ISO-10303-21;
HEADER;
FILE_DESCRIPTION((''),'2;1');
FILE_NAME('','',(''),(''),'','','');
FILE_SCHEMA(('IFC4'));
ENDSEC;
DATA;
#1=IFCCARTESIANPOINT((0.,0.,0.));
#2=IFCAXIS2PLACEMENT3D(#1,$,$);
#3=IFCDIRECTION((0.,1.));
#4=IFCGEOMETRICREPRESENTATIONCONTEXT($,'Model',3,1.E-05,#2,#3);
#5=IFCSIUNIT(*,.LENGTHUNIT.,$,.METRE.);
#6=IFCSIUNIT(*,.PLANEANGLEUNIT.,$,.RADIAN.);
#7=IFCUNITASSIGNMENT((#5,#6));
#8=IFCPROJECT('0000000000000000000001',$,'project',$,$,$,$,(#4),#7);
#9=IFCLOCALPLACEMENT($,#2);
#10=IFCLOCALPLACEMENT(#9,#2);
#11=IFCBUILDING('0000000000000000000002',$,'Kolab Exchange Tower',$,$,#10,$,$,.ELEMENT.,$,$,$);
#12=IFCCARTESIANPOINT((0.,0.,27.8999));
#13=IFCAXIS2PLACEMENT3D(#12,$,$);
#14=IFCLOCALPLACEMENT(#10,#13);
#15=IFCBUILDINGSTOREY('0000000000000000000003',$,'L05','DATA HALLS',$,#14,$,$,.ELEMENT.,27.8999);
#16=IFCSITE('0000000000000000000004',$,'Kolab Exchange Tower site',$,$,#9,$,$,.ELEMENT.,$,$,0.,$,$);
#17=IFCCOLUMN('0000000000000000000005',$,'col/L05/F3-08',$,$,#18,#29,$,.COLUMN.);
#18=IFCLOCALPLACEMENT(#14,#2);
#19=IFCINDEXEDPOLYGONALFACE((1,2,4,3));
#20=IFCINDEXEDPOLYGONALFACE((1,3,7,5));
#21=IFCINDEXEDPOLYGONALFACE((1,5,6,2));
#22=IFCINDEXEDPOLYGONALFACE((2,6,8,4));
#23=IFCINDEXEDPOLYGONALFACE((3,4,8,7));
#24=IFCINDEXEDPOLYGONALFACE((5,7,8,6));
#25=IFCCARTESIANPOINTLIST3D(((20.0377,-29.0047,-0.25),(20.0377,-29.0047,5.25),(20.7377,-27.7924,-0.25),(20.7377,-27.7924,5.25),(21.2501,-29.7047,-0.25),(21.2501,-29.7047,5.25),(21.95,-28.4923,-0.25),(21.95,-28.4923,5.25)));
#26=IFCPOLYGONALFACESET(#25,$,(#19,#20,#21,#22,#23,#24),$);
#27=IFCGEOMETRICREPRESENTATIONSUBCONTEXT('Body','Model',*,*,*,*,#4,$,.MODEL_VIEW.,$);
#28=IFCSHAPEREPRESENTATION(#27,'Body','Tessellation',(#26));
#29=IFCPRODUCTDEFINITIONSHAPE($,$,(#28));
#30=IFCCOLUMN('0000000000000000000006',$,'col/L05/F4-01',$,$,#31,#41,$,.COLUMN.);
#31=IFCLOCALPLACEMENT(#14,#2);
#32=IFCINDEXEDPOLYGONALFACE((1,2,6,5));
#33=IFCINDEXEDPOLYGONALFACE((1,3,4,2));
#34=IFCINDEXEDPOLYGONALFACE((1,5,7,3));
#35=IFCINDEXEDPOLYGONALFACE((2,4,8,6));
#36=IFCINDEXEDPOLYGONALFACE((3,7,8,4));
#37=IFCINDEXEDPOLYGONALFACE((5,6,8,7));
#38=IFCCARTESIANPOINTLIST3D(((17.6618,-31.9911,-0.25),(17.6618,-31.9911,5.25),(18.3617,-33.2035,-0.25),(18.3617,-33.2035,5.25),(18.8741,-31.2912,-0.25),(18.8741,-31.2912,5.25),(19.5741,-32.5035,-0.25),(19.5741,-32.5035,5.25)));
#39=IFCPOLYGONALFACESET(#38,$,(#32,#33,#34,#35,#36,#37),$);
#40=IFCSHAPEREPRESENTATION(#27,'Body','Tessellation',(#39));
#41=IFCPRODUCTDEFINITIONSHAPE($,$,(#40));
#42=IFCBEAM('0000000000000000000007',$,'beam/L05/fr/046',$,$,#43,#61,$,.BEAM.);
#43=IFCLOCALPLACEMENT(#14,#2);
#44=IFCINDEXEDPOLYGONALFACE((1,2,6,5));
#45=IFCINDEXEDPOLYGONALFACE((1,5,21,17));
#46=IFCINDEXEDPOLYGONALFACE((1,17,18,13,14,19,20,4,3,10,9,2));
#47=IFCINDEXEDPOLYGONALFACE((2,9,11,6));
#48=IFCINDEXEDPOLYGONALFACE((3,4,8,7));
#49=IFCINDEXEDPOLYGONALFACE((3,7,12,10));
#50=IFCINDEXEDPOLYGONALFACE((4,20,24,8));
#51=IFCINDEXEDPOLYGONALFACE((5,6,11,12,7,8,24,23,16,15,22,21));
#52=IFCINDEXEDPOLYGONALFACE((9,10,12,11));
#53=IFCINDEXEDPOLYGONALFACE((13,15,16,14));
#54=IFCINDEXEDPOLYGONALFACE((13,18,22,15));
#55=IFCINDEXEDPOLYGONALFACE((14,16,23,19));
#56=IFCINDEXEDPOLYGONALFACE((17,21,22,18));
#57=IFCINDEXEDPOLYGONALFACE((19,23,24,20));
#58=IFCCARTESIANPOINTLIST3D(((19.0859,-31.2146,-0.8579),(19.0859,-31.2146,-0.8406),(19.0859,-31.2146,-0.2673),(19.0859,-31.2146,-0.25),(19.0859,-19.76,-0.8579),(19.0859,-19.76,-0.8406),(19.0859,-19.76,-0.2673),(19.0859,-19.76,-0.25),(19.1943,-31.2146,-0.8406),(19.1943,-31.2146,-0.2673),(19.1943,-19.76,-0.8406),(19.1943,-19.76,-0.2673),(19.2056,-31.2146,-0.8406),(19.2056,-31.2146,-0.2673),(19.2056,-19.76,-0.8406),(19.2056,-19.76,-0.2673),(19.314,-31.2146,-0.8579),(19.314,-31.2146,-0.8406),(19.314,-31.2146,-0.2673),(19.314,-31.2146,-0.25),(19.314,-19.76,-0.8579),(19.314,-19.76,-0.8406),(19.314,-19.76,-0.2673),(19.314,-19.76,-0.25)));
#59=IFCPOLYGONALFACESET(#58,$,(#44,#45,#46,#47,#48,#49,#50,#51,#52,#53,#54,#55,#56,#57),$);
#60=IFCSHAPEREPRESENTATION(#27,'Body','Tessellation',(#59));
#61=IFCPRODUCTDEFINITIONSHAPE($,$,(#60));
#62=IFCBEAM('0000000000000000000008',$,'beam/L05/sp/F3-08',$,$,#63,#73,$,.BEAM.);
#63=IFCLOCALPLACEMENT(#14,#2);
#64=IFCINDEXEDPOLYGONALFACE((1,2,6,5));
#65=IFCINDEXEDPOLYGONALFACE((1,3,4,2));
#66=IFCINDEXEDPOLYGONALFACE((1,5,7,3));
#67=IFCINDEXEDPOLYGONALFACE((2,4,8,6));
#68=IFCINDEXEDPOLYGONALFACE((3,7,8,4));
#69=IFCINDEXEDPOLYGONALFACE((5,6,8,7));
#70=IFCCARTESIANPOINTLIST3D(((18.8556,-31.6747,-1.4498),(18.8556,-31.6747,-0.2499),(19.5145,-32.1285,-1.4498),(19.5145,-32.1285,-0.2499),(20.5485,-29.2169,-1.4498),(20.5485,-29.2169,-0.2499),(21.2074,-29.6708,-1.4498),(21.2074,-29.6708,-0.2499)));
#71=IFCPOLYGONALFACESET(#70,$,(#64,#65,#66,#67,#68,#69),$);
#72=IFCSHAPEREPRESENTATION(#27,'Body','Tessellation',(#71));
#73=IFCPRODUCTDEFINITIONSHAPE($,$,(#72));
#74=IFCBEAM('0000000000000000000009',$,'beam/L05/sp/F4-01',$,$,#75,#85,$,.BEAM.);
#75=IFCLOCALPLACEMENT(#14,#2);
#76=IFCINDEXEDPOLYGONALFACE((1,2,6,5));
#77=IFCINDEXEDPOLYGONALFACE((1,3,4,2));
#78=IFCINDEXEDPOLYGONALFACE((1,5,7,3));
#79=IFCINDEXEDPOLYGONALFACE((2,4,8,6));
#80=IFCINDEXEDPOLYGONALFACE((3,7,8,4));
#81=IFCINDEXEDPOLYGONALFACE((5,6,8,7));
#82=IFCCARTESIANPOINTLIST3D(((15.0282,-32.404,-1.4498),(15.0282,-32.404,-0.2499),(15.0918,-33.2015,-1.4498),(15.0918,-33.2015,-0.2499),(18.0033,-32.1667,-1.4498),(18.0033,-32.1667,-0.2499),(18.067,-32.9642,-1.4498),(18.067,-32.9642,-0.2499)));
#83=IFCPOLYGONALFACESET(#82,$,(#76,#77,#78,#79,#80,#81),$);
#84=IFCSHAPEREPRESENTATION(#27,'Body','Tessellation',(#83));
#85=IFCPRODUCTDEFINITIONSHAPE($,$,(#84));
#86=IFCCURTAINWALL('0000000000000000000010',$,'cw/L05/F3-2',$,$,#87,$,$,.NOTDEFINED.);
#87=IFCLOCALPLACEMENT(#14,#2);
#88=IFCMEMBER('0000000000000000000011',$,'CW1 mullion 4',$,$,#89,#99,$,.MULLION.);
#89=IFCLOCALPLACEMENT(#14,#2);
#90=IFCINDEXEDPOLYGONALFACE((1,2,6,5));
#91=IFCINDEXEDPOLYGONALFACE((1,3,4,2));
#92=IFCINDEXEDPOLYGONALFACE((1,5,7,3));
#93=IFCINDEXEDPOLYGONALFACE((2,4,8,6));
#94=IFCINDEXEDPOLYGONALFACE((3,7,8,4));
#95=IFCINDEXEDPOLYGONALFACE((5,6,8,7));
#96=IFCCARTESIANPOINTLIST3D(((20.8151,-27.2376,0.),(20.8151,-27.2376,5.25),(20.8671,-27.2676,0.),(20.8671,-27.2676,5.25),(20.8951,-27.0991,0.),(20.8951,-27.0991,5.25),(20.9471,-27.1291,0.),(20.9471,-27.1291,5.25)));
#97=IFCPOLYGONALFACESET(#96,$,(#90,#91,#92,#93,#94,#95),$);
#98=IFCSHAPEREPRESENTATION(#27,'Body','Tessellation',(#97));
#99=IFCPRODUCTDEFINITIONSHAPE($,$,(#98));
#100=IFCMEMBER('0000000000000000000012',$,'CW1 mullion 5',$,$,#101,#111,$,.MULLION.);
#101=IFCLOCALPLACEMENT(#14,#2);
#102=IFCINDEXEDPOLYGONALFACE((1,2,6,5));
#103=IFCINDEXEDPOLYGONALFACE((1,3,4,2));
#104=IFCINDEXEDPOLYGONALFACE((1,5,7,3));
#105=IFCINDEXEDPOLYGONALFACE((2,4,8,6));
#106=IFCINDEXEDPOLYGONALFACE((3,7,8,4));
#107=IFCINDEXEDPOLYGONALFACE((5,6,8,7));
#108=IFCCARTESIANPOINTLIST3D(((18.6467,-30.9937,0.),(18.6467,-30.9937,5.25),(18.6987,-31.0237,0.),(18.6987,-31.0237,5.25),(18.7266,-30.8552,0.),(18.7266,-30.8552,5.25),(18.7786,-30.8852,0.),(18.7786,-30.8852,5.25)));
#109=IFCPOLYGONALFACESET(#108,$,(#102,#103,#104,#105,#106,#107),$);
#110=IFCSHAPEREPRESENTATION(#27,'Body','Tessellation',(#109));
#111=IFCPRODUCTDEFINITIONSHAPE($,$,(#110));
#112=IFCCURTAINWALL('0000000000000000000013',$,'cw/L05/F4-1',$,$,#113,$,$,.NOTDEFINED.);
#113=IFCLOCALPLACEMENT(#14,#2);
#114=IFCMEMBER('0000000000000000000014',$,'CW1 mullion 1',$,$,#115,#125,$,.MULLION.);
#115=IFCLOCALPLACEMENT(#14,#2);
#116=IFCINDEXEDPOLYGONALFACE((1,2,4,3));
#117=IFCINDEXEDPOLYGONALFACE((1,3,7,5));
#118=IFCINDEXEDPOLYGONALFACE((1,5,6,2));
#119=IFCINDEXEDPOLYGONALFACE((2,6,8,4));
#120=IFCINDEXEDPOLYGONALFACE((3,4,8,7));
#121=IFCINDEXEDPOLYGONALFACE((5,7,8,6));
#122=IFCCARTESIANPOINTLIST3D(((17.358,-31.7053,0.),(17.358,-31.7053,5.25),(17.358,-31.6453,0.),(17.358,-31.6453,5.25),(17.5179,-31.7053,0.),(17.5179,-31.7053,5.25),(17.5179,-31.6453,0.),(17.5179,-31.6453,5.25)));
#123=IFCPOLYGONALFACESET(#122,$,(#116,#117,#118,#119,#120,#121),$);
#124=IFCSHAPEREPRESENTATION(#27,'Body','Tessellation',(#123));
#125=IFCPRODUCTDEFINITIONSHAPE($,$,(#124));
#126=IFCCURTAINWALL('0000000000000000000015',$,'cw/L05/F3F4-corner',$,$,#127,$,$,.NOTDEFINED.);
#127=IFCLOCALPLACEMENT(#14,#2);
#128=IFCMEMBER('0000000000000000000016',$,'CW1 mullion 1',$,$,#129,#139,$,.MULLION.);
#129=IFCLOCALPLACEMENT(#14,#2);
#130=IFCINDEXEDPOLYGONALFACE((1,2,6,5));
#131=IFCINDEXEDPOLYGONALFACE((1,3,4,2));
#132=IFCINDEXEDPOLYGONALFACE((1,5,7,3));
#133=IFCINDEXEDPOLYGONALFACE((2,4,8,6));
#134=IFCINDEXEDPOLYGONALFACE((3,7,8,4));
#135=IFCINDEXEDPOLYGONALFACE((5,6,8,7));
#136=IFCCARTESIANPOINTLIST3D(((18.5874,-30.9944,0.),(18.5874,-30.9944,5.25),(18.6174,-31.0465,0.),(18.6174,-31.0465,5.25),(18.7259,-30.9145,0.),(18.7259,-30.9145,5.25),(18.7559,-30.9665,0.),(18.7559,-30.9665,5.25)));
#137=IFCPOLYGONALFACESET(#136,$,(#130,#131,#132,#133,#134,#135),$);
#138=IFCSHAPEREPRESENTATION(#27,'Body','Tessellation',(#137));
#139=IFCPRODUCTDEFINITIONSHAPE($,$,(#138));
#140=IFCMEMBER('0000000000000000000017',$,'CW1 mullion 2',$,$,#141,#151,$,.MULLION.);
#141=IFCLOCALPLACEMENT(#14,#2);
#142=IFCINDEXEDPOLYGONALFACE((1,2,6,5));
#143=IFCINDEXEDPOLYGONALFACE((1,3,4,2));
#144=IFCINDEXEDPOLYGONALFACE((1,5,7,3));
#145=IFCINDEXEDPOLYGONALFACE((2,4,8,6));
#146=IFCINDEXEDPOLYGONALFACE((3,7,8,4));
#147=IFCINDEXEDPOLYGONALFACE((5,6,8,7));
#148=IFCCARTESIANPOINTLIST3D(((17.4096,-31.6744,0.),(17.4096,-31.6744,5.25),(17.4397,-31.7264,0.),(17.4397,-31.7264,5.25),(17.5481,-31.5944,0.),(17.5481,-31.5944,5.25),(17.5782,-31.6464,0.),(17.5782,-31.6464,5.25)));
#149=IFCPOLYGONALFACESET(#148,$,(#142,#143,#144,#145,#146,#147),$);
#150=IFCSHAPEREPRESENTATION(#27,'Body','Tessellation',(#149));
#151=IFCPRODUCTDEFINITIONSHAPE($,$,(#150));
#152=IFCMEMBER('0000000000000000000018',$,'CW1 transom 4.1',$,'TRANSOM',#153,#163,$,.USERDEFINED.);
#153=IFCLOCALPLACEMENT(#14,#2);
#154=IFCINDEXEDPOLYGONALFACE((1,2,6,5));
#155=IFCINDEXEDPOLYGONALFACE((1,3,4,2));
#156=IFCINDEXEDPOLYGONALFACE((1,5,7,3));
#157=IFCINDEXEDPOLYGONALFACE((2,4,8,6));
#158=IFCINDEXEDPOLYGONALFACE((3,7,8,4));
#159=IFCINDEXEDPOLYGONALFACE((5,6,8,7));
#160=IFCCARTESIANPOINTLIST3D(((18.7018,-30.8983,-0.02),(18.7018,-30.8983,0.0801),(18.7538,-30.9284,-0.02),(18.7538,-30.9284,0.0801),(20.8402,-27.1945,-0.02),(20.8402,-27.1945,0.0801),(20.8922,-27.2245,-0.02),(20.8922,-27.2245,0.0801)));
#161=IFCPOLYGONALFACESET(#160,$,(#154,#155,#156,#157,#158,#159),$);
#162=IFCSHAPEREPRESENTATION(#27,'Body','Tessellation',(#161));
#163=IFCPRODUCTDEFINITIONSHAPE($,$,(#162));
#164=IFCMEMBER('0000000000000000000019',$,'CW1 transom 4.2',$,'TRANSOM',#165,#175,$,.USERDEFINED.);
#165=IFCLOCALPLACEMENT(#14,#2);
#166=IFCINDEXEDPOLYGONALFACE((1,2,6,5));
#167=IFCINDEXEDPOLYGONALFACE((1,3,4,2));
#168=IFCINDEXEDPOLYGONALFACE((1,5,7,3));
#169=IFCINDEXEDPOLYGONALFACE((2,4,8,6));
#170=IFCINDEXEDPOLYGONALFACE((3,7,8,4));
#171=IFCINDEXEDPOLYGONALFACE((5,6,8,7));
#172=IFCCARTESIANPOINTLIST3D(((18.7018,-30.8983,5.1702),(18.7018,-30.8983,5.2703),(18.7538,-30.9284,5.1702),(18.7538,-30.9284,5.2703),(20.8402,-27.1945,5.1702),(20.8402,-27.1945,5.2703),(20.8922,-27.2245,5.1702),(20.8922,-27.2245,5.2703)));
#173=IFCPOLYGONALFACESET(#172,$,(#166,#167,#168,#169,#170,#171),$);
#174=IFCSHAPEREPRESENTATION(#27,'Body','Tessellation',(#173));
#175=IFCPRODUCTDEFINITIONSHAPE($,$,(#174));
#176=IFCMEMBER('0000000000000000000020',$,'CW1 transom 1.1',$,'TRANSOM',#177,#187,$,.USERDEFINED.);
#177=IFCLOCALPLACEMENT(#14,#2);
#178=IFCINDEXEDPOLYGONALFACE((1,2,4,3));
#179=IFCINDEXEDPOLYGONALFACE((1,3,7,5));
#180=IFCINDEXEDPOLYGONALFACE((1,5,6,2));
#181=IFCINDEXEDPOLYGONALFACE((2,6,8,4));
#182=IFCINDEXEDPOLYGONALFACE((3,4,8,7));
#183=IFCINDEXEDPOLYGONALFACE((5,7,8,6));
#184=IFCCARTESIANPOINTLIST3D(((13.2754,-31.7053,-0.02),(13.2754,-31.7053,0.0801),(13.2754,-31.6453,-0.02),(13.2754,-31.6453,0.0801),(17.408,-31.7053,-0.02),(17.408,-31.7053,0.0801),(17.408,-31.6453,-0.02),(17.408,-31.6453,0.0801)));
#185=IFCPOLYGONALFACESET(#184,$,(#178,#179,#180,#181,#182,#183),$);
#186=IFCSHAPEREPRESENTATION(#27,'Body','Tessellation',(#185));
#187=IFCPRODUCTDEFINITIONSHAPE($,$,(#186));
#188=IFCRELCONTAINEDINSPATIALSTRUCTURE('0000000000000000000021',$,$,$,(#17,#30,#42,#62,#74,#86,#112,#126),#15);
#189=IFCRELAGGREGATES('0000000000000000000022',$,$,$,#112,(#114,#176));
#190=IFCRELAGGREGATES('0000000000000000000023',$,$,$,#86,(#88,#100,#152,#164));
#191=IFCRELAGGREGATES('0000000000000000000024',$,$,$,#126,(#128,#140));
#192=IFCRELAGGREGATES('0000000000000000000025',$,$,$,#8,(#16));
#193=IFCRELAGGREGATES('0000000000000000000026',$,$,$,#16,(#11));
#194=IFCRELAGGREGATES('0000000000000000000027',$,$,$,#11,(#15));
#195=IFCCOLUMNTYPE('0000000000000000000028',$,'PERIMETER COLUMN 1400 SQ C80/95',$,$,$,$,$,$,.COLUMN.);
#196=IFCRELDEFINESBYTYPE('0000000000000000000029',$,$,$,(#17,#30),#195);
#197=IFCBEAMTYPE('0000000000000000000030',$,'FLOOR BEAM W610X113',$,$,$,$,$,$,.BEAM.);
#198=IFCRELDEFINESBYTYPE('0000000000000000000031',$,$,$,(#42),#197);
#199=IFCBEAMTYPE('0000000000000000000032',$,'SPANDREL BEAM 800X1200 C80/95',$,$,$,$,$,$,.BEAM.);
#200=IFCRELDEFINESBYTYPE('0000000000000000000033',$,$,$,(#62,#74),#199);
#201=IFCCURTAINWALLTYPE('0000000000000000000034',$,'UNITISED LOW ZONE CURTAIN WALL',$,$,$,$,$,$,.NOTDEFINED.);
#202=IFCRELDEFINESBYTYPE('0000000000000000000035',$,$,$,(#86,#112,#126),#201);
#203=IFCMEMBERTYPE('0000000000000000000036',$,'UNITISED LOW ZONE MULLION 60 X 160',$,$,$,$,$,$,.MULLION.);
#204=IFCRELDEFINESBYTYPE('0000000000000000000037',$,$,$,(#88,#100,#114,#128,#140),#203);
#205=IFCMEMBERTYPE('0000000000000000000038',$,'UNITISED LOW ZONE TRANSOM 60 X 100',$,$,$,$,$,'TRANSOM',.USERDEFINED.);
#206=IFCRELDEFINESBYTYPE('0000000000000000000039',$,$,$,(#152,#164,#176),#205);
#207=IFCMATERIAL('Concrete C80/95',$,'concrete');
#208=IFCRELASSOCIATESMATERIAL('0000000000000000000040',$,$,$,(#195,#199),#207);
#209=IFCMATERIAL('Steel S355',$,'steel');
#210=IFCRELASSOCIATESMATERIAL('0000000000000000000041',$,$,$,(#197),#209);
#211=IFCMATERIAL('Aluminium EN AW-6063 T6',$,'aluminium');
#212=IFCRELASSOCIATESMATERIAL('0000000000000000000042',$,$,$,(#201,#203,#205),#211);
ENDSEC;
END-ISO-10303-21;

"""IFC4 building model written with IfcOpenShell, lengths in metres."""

from ifc_helpers import new_model, si_unit, direction, frame, origin, origin_2d, place, context, subcontext, project, spatial, rectangle, i_section, extrude, material, material_profile, profile_set, type_object, element, aggregate, save


model = new_model("IFC4")

# Units and contexts
model_context = context("Model", 3, precision=1e-05, world=origin(), true_north=direction((0.0, 1.0)))
body_context = subcontext(model_context, "Body", "Model", "MODEL_VIEW")
ifc_project = project(units=[si_unit("LENGTHUNIT", "METRE"), si_unit("PLANEANGLEUNIT", "RADIAN")], contexts=[model_context])

# Site, building, storey
site_placement = place(None, origin())
site = spatial("IfcSite", under=ifc_project, at=site_placement, Name="Kolab Exchange Tower site", CompositionType="ELEMENT", RefElevation=0.0)
building_placement = place(site_placement, origin())
building = spatial("IfcBuilding", under=site, at=building_placement, Name="Kolab Exchange Tower", CompositionType="ELEMENT")
storey_placement = place(building_placement, frame((0.0, 0.0, 27.8999)))
storey = spatial("IfcBuildingStorey", under=building, at=storey_placement, Name="L05", Description="DATA HALLS", CompositionType="ELEMENT", Elevation=27.8999)

# Columns
ifc_material_1 = material(Name="Concrete C80/95", Category="concrete")
ifc_material_profile_1 = material_profile(ifc_material_1, rectangle(XDim=1.3999, YDim=1.3999, at=origin_2d()), Name="RC1400")
ifc_profile_set_1 = profile_set([ifc_material_profile_1], Name="Concrete C80/95")
column_type = type_object("IfcColumnType", Name="PERIMETER COLUMN 1400 SQ C80/95", PredefinedType="COLUMN", material=ifc_profile_set_1)
for number, where, z_axis, x_axis, name in (
    (1, (20.9939, -28.7485, -0.25), (0.0, 0.0, 1.0), (0.5, 0.866025, 0.0), "col/L05/F3-08"),
    (2, (18.6179, -32.2473, -0.25), (0.0, 0.0, 1.0), (0.866025, 0.5, 0.0), "col/L05/F4-01"),
):
    element("IfcColumn", number, at=place(storey_placement, frame(where, z_axis=z_axis, x_axis=x_axis)), inside=storey, type_object=column_type, Name=name, PredefinedType="COLUMN", context=body_context, shape_type="SweptSolid", body=[
        extrude(rectangle(XDim=1.3999, YDim=1.3999, at=origin_2d()), origin(), (0.0, 0.0, 1.0), 5.5),
    ])

# Beams
ifc_material_2 = material(Name="Steel S355", Category="steel")
ifc_material_profile_2 = material_profile(ifc_material_2, i_section(OverallWidth=0.228, OverallDepth=0.6079, WebThickness=0.0112, FlangeThickness=0.0173, at=origin_2d()), Name="W610X113")
ifc_profile_set_2 = profile_set([ifc_material_profile_2], Name="Steel S355")
beam_type_1 = type_object("IfcBeamType", Name="FLOOR BEAM W610X113", PredefinedType="BEAM", material=ifc_profile_set_2)
beam_1_placement = place(storey_placement, frame((19.2, -31.2146, -0.554), z_axis=(0.0, 1.0, 0.0), x_axis=(-1.0, 0.0, 0.0)))
element("IfcBeam", 3, at=beam_1_placement, inside=storey, type_object=beam_type_1, Name="beam/L05/fr/046", PredefinedType="BEAM", context=body_context, shape_type="SweptSolid", body=[
    extrude(i_section(OverallWidth=0.228, OverallDepth=0.6079, WebThickness=0.0112, FlangeThickness=0.0173, at=origin_2d()), origin(), (0.0, 0.0, 1.0), 11.4546),
])
ifc_material_profile_3 = material_profile(ifc_material_1, rectangle(XDim=0.8, YDim=1.2, at=origin_2d()), Name="RC800X1200")
ifc_profile_set_3 = profile_set([ifc_material_profile_3], Name="Concrete C80/95")
beam_type_2 = type_object("IfcBeamType", Name="SPANDREL BEAM 800X1200 C80/95", PredefinedType="BEAM", material=ifc_profile_set_3)
beam_2_placement = place(storey_placement, frame((20.8779, -29.4438, -0.8499), z_axis=(-0.567247, -0.823548, 0.0), x_axis=(0.823548, -0.567247, 0.0)))
element("IfcBeam", 4, at=beam_2_placement, inside=storey, type_object=beam_type_2, Name="beam/L05/sp/F3-08", PredefinedType="BEAM", context=body_context, shape_type="SweptSolid", body=[
    extrude(rectangle(XDim=0.8, YDim=1.2, at=origin_2d()), origin(), (0.0, 0.0, 1.0), 2.9844),
])
beam_3_placement = place(storey_placement, frame((18.0352, -32.5654, -0.8499), z_axis=(-0.996834, -0.079511, 0.0), x_axis=(0.079511, -0.996834, 0.0)))
element("IfcBeam", 5, at=beam_3_placement, inside=storey, type_object=beam_type_2, Name="beam/L05/sp/F4-01", PredefinedType="BEAM", context=body_context, shape_type="SweptSolid", body=[
    extrude(rectangle(XDim=0.8, YDim=1.2, at=origin_2d()), origin(), (0.0, 0.0, 1.0), 2.9846),
])

# Curtain wall, members
ifc_material_3 = material(Name="Aluminium EN AW-6063 T6", Category="aluminium")
curtain_wall_type = type_object("IfcCurtainWallType", Name="UNITISED LOW ZONE CURTAIN WALL", PredefinedType="NOTDEFINED", material=ifc_material_3)
curtain_wall_1_placement = place(storey_placement, origin())
curtain_wall_1 = element("IfcCurtainWall", 6, at=curtain_wall_1_placement, inside=storey, type_object=curtain_wall_type, Name="cw/L05/F3-2", PredefinedType="NOTDEFINED")
ifc_material_profile_4 = material_profile(ifc_material_3, rectangle(XDim=0.0601, YDim=0.1599, at=origin_2d()), Name="RECT 60X160")
ifc_profile_set_4 = profile_set([ifc_material_profile_4], Name="Aluminium EN AW-6063 T6")
member_type_1 = type_object("IfcMemberType", Name="UNITISED LOW ZONE MULLION 60 X 160", PredefinedType="MULLION", material=ifc_profile_set_4)
member_1_placement = place(storey_placement, frame((20.8811, -27.1833, 0.0), z_axis=(0.0, 0.0, 1.0), x_axis=(0.866025, -0.5, 0.0)))
member_1 = element("IfcMember", 7, at=member_1_placement, type_object=member_type_1, Name="CW1 mullion 4", PredefinedType="MULLION", context=body_context, shape_type="SweptSolid", body=[
    extrude(rectangle(XDim=0.0601, YDim=0.1599, at=origin_2d()), origin(), (0.0, 0.0, 1.0), 5.25),
])
member_2_placement = place(storey_placement, frame((18.7126, -30.9395, 0.0), z_axis=(0.0, 0.0, 1.0), x_axis=(0.866025, -0.5, 0.0)))
member_2 = element("IfcMember", 8, at=member_2_placement, type_object=member_type_1, Name="CW1 mullion 5", PredefinedType="MULLION", context=body_context, shape_type="SweptSolid", body=[
    extrude(rectangle(XDim=0.0601, YDim=0.1599, at=origin_2d()), origin(), (0.0, 0.0, 1.0), 5.25),
])

# Curtain wall, member
curtain_wall_2_placement = place(storey_placement, origin())
curtain_wall_2 = element("IfcCurtainWall", 9, at=curtain_wall_2_placement, inside=storey, type_object=curtain_wall_type, Name="cw/L05/F4-1", PredefinedType="NOTDEFINED")
member_3_placement = place(storey_placement, frame((17.438, -31.6753, 0.0), z_axis=(0.0, 0.0, 1.0), x_axis=(0.0, -1.0, 0.0)))
member_3 = element("IfcMember", 10, at=member_3_placement, type_object=member_type_1, Name="CW1 mullion 1", PredefinedType="MULLION", context=body_context, shape_type="SweptSolid", body=[
    extrude(rectangle(XDim=0.0601, YDim=0.1599, at=origin_2d()), origin(), (0.0, 0.0, 1.0), 5.25),
])

# Curtain wall, members
curtain_wall_3_placement = place(storey_placement, origin())
curtain_wall_3 = element("IfcCurtainWall", 11, at=curtain_wall_3_placement, inside=storey, type_object=curtain_wall_type, Name="cw/L05/F3F4-corner", PredefinedType="NOTDEFINED")
member_4_placement = place(storey_placement, frame((18.6716, -30.9805, 0.0), z_axis=(0.0, 0.0, 1.0), x_axis=(0.5, -0.866025, 0.0)))
member_4 = element("IfcMember", 12, at=member_4_placement, type_object=member_type_1, Name="CW1 mullion 1", PredefinedType="MULLION", context=body_context, shape_type="SweptSolid", body=[
    extrude(rectangle(XDim=0.0601, YDim=0.1599, at=origin_2d()), origin(), (0.0, 0.0, 1.0), 5.25),
])
member_5_placement = place(storey_placement, frame((17.4939, -31.6604, 0.0), z_axis=(0.0, 0.0, 1.0), x_axis=(0.5, -0.866025, 0.0)))
member_5 = element("IfcMember", 13, at=member_5_placement, type_object=member_type_1, Name="CW1 mullion 2", PredefinedType="MULLION", context=body_context, shape_type="SweptSolid", body=[
    extrude(rectangle(XDim=0.0601, YDim=0.1599, at=origin_2d()), origin(), (0.0, 0.0, 1.0), 5.25),
])

# Members
ifc_material_profile_5 = material_profile(ifc_material_3, rectangle(XDim=0.0601, YDim=0.1001, at=origin_2d()), Name="RECT 60X100")
ifc_profile_set_5 = profile_set([ifc_material_profile_5], Name="Aluminium EN AW-6063 T6")
member_type_2 = type_object("IfcMemberType", Name="UNITISED LOW ZONE TRANSOM 60 X 100", ElementType="TRANSOM", PredefinedType="USERDEFINED", material=ifc_profile_set_5)
member_6_placement = place(storey_placement, frame((20.8662, -27.2095, 0.03), z_axis=(-0.500001, -0.866025, 0.0), x_axis=(0.866025, -0.500001, 0.0)))
member_6 = element("IfcMember", 14, at=member_6_placement, type_object=member_type_2, Name="CW1 transom 4.1", ObjectType="TRANSOM", PredefinedType="USERDEFINED", context=body_context, shape_type="SweptSolid", body=[
    extrude(rectangle(XDim=0.0601, YDim=0.1001, at=origin_2d()), origin(), (0.0, 0.0, 1.0), 4.2769),
])
member_7_placement = place(storey_placement, frame((20.8662, -27.2095, 5.2202), z_axis=(-0.500001, -0.866025, 0.0), x_axis=(0.866025, -0.500001, 0.0)))
member_7 = element("IfcMember", 15, at=member_7_placement, type_object=member_type_2, Name="CW1 transom 4.2", ObjectType="TRANSOM", PredefinedType="USERDEFINED", context=body_context, shape_type="SweptSolid", body=[
    extrude(rectangle(XDim=0.0601, YDim=0.1001, at=origin_2d()), origin(), (0.0, 0.0, 1.0), 4.2769),
])
member_8_placement = place(storey_placement, frame((17.408, -31.6753, 0.03), z_axis=(-1.0, 0.0, 0.0), x_axis=(0.0, -1.0, 0.0)))
member_8 = element("IfcMember", 16, at=member_8_placement, type_object=member_type_2, Name="CW1 transom 1.1", ObjectType="TRANSOM", PredefinedType="USERDEFINED", context=body_context, shape_type="SweptSolid", body=[
    extrude(rectangle(XDim=0.0601, YDim=0.1001, at=origin_2d()), origin(), (0.0, 0.0, 1.0), 4.1326),
])
aggregate(curtain_wall_2, [member_3, member_8])

aggregate(curtain_wall_1, [member_1, member_2, member_6, member_7])
aggregate(curtain_wall_3, [member_4, member_5])

save(model, "model.ifc")
